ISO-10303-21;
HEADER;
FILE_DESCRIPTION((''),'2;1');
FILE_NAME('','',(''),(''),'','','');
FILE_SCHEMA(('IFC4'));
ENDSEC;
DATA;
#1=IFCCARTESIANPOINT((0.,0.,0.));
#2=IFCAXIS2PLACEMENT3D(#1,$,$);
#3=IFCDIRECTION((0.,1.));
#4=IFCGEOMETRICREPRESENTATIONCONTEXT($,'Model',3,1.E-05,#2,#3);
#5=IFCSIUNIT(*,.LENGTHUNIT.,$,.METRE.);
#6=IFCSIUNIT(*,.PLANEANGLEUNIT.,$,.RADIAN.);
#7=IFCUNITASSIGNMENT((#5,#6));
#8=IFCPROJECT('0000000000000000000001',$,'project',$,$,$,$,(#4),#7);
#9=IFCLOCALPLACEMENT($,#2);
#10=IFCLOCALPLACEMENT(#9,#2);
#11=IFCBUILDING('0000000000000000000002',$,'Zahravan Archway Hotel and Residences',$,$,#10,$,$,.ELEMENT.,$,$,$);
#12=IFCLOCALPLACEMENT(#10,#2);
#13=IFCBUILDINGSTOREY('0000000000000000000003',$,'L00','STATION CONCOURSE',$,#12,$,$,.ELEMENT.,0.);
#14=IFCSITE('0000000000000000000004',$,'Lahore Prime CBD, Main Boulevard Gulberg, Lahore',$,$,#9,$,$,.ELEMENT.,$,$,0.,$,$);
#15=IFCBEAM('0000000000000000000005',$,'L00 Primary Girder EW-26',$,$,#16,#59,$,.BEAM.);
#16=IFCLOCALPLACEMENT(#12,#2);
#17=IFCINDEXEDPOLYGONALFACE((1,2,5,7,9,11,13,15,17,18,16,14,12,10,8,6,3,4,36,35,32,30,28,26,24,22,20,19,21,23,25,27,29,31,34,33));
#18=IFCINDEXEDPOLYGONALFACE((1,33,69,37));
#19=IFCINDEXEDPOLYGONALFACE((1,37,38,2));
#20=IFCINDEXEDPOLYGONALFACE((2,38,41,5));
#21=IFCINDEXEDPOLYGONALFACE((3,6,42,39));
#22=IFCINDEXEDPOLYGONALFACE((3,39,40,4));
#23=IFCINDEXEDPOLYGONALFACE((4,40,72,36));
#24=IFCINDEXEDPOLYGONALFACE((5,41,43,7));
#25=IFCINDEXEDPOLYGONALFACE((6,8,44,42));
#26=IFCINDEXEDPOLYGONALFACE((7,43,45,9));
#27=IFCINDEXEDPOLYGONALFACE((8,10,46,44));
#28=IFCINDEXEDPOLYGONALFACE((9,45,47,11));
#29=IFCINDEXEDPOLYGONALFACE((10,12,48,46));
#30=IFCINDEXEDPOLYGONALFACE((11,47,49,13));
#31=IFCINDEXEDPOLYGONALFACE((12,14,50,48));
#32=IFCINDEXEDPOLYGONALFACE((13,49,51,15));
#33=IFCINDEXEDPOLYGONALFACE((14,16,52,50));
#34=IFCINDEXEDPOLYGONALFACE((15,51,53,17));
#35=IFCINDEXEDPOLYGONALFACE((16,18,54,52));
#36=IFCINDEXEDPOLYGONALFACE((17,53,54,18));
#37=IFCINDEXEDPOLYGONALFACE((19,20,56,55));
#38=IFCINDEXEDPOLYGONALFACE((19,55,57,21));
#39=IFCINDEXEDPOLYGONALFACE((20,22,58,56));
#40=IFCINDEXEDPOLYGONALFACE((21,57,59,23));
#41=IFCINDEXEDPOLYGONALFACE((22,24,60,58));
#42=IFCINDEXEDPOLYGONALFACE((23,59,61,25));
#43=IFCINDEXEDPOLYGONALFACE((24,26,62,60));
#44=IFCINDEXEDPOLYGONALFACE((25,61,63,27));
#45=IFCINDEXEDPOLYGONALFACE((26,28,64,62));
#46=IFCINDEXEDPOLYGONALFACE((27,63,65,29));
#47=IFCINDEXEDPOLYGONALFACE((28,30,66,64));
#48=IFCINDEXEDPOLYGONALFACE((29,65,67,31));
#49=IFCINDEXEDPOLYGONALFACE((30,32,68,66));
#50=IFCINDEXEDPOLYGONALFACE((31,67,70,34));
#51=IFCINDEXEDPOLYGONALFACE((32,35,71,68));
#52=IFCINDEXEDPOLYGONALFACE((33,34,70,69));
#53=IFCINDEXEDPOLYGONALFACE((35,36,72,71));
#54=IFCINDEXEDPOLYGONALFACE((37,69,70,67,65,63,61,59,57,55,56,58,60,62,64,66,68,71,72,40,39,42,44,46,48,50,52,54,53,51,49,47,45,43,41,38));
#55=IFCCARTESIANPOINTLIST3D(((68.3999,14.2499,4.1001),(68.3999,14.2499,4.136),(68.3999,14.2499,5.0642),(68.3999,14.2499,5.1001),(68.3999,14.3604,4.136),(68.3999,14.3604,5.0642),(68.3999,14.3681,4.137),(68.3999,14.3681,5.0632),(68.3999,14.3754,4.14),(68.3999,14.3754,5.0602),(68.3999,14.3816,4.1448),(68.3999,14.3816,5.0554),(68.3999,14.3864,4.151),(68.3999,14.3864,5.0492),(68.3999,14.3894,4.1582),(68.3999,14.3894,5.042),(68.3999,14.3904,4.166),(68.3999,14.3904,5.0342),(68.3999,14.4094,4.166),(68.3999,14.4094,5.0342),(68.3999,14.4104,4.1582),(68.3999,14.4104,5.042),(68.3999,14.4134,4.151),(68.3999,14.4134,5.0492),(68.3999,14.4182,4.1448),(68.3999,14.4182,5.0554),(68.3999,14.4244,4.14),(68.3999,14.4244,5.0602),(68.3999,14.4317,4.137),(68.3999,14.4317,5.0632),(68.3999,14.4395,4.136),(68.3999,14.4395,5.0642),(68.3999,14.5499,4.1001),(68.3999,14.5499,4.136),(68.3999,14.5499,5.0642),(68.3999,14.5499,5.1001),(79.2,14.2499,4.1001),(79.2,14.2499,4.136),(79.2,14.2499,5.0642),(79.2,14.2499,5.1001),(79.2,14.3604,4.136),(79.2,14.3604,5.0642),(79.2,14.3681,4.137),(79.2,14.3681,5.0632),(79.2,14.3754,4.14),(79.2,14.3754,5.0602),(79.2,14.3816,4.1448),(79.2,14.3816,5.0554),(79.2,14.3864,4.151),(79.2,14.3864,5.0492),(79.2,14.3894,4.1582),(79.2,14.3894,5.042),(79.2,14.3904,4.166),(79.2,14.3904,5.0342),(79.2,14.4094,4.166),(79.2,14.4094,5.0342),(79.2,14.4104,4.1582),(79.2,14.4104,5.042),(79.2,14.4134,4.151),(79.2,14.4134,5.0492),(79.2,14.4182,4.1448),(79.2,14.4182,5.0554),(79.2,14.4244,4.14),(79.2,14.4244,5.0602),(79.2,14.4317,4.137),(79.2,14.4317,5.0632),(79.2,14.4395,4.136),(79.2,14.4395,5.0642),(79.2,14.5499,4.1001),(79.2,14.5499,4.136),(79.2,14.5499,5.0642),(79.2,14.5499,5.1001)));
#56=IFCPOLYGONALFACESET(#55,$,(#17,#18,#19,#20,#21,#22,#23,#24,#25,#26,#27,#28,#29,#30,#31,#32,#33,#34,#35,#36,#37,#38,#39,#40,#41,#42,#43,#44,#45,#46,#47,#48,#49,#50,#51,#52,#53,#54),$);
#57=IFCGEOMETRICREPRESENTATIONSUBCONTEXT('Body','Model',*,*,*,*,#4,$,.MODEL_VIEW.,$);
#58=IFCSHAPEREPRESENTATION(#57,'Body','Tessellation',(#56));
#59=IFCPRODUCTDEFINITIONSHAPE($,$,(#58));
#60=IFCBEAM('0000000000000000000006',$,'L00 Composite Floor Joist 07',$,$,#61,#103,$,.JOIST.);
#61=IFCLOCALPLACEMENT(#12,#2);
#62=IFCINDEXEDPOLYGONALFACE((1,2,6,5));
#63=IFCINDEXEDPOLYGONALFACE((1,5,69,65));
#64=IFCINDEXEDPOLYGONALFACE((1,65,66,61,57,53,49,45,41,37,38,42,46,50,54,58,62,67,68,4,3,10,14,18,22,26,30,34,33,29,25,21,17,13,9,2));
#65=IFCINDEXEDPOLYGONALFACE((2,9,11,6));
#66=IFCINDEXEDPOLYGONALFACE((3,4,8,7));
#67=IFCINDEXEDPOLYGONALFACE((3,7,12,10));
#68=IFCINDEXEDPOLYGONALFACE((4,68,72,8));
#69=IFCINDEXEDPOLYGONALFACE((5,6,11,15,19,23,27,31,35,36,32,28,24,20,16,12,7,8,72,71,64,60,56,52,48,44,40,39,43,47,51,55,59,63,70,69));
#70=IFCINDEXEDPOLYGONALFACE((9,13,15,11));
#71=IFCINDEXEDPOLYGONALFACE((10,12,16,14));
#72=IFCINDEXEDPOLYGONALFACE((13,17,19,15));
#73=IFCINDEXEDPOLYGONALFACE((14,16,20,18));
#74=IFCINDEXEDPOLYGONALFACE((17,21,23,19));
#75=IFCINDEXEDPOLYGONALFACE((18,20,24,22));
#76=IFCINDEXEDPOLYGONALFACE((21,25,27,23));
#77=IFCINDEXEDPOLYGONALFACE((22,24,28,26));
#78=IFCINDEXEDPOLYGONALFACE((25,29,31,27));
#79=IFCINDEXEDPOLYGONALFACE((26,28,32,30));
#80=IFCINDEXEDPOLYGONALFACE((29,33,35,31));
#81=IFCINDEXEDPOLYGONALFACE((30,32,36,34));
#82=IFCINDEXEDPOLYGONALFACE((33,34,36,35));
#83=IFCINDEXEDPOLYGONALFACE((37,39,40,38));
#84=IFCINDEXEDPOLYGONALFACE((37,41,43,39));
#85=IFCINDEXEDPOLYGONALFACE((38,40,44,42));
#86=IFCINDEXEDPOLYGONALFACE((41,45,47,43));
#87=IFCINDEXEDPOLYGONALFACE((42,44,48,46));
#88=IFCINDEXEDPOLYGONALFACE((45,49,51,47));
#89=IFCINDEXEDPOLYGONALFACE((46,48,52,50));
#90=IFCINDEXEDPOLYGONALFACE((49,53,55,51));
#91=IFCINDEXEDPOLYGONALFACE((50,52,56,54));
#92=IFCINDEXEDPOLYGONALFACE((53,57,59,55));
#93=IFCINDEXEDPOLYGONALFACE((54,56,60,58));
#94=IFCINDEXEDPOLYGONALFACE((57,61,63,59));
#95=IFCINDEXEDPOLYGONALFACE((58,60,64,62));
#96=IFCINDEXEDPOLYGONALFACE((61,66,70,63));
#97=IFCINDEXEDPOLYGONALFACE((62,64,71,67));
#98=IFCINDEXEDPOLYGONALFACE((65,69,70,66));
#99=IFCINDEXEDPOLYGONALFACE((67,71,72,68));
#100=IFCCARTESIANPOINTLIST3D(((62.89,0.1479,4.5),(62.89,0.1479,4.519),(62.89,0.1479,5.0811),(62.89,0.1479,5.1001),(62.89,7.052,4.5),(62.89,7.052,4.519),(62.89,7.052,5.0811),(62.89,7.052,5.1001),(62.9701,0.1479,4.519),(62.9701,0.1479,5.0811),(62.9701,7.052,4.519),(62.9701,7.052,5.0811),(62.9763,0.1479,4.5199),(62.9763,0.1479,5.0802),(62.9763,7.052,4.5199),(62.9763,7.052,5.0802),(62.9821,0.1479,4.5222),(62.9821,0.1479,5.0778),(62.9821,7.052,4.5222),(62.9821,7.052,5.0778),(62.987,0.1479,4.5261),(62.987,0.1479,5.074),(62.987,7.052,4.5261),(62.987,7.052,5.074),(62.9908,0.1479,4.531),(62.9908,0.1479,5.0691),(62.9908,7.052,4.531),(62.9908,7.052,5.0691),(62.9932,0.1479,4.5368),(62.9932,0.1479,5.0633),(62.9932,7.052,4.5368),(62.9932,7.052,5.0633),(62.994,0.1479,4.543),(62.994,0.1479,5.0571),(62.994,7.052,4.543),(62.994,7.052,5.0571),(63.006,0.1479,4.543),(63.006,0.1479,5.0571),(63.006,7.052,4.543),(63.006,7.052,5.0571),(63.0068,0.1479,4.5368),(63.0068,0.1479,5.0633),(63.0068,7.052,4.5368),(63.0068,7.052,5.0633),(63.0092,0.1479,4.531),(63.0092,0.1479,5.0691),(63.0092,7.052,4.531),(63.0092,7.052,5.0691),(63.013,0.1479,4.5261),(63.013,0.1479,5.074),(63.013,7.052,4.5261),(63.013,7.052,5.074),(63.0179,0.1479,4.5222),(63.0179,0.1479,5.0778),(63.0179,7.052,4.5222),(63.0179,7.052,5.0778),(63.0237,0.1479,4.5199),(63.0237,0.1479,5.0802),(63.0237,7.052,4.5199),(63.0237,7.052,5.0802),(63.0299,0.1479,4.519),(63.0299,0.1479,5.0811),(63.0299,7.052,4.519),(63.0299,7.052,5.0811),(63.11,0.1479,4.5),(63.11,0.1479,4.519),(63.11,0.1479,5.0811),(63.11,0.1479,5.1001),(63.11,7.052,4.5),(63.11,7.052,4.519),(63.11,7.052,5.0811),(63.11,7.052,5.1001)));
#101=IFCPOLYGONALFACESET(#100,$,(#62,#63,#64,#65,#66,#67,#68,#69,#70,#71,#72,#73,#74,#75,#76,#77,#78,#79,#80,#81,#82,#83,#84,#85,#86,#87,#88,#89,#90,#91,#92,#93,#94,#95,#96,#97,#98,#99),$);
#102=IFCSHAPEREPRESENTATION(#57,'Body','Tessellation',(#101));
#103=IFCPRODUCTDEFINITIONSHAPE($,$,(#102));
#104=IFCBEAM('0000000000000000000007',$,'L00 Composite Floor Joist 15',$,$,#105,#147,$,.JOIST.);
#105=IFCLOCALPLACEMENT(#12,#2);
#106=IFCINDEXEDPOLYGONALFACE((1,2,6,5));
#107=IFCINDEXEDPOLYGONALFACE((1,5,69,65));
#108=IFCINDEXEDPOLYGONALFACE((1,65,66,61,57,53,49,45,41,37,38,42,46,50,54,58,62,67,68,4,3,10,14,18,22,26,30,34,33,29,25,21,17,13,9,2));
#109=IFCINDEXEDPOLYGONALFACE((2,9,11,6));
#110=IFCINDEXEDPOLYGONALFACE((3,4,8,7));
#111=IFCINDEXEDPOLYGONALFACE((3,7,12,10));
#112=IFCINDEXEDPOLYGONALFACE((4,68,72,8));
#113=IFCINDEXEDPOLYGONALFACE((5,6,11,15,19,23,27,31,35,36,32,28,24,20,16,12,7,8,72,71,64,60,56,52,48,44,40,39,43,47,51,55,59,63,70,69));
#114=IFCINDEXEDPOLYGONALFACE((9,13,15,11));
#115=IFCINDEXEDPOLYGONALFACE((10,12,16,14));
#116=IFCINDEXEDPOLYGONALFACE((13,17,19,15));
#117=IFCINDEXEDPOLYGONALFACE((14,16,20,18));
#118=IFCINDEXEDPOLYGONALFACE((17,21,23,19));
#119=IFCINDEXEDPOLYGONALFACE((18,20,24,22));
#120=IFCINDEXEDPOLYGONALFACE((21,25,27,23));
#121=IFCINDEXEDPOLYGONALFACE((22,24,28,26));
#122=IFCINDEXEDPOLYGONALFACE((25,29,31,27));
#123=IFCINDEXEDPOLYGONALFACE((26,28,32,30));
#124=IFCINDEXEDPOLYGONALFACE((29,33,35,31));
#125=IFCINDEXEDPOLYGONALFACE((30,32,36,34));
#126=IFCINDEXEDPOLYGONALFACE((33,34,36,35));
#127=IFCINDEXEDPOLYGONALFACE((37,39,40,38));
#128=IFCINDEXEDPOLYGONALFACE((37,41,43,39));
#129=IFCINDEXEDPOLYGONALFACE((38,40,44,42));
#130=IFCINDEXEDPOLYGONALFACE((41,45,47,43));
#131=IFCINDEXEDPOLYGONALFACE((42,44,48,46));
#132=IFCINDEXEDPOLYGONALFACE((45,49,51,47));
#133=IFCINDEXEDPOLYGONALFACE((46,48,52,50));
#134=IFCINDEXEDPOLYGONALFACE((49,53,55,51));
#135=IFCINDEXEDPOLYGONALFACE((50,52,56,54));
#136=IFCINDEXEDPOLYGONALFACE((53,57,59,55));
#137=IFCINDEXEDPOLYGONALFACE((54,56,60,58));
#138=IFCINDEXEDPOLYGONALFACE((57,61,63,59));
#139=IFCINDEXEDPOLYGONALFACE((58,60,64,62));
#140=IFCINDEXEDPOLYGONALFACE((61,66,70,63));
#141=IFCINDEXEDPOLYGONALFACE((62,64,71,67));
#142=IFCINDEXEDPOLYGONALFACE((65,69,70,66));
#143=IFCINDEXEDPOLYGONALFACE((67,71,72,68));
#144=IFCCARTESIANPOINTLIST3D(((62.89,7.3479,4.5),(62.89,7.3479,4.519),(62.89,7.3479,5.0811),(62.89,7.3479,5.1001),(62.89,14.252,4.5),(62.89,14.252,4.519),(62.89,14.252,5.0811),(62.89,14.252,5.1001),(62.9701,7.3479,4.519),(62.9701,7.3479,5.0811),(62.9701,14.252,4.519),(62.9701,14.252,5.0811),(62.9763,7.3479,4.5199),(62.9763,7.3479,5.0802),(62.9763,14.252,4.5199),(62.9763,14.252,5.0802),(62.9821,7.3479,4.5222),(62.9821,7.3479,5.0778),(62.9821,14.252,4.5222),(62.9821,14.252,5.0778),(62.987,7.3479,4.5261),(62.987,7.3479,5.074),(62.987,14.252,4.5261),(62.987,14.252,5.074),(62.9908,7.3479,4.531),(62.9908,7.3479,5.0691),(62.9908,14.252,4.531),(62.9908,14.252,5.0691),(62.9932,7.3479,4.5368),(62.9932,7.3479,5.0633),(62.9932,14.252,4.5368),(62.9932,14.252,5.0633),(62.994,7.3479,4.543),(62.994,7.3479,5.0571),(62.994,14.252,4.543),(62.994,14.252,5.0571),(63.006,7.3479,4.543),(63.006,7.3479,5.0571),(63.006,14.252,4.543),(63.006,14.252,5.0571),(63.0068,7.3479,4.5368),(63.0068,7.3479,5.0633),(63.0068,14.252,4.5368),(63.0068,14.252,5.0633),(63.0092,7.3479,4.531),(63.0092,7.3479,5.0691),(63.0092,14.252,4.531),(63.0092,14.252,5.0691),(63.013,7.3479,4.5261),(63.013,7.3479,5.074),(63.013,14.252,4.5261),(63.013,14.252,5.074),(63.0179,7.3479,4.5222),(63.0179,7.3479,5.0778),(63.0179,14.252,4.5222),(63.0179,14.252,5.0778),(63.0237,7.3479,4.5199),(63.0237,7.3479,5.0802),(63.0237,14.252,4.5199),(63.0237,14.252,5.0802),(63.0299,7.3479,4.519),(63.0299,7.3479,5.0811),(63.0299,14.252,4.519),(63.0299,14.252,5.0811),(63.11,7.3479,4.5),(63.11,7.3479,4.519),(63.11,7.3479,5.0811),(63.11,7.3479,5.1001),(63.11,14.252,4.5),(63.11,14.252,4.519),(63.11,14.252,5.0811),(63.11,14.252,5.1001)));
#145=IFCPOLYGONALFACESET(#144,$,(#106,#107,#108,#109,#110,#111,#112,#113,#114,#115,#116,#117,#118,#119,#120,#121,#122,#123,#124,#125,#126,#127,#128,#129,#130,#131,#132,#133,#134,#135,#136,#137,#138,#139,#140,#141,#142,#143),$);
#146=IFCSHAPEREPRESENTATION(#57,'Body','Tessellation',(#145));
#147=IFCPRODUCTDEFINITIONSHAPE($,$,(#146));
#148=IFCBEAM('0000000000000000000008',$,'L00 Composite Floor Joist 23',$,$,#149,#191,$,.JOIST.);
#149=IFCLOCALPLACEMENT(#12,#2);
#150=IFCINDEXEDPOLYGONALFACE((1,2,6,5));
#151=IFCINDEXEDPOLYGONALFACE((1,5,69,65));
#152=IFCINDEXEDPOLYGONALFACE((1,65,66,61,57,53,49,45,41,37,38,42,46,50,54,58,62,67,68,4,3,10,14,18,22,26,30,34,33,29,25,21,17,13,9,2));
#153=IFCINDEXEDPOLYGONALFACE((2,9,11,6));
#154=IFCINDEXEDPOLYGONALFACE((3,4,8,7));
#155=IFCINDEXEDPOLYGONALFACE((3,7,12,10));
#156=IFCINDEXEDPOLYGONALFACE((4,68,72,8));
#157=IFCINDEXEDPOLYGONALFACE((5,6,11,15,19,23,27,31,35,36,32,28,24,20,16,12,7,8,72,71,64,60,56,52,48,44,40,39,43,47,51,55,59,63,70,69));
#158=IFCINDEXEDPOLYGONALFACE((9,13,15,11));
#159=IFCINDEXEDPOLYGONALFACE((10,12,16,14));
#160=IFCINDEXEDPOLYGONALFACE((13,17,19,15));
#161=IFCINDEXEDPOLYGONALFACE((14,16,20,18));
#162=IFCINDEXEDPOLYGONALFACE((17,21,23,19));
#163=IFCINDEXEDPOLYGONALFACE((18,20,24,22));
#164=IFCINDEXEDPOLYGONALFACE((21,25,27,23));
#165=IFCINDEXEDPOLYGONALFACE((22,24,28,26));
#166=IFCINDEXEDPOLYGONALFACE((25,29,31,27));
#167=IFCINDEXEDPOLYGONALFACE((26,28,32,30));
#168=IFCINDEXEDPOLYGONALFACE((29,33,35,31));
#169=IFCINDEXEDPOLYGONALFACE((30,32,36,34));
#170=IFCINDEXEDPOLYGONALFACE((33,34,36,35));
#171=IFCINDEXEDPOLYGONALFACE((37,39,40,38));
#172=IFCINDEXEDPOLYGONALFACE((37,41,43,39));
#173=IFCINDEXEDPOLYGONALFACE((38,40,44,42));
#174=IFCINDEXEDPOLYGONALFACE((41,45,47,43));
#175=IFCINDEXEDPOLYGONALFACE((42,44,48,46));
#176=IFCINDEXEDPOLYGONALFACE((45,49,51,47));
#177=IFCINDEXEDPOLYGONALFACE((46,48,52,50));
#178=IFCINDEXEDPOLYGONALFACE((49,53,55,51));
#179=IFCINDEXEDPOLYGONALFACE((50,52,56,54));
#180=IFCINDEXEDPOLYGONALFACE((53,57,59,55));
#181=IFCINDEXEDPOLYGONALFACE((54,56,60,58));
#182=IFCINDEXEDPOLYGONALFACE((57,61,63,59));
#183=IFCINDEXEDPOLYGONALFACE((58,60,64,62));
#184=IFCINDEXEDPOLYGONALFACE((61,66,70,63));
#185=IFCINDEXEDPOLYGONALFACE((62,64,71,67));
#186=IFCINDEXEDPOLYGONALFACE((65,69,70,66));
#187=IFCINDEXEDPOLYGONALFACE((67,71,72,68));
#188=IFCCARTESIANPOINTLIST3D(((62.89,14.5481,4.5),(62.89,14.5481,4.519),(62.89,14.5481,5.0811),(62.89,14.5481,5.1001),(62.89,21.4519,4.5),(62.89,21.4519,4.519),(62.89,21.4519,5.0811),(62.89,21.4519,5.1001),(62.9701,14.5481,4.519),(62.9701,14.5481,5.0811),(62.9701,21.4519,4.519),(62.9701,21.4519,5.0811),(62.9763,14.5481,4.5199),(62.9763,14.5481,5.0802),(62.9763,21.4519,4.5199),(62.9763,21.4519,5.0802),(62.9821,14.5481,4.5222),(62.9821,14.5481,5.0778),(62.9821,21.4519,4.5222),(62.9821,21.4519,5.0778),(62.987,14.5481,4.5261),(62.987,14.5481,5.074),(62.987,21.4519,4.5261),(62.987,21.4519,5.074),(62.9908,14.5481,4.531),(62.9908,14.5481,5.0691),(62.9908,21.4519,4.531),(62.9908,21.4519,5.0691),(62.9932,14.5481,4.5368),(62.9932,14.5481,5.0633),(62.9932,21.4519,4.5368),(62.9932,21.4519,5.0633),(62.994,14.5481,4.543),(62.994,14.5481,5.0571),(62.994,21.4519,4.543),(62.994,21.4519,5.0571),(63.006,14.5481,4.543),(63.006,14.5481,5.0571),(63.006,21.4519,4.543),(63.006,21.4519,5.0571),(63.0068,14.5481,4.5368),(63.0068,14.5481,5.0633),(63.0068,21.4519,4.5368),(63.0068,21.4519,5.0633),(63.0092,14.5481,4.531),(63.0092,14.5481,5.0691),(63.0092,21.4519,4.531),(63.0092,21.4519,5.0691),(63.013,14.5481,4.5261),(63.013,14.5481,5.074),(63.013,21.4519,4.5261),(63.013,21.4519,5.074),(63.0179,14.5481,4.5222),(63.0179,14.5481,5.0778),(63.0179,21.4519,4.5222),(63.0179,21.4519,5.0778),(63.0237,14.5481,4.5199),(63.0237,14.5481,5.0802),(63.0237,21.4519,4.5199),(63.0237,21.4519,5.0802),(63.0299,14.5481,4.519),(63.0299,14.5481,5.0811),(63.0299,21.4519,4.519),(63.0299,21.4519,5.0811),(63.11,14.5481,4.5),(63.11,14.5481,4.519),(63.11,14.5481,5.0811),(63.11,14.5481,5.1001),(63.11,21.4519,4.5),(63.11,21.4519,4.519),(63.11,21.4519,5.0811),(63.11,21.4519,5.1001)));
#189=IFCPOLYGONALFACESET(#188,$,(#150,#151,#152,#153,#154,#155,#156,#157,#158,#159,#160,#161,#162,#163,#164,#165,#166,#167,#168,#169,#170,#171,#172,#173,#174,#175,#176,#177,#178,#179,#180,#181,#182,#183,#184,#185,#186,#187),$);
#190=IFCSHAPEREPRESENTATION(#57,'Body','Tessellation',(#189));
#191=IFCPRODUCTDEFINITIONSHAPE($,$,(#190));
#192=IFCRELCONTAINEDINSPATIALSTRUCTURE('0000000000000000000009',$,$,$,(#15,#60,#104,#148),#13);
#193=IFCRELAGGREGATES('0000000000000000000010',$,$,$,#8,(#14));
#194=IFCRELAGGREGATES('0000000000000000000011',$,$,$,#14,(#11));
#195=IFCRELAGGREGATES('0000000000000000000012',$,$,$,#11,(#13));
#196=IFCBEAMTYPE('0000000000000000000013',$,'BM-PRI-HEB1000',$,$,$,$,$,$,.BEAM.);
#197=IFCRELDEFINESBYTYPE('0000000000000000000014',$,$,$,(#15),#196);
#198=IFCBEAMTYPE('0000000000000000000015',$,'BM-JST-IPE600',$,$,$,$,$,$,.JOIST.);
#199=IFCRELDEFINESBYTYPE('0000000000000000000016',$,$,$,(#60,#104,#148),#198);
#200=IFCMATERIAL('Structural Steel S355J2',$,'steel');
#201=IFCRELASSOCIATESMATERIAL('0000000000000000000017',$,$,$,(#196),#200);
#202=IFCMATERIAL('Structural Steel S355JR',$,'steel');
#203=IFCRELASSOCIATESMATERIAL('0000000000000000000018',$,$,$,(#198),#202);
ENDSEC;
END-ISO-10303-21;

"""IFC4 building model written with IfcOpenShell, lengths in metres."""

from ifc_helpers import new_model, si_unit, direction, frame, origin, origin_2d, place, context, subcontext, project, spatial, i_section, extrude, source, transform, mapped, material, material_profile, profile_set, type_object, type_shapes, element, save


model = new_model("IFC4")

# Units and contexts
model_context = context("Model", 3, precision=1e-05, world=origin(), true_north=direction((0.0, 1.0)))
body_context = subcontext(model_context, "Body", "Model", "MODEL_VIEW")
ifc_project = project(units=[si_unit("LENGTHUNIT", "METRE"), si_unit("PLANEANGLEUNIT", "RADIAN")], contexts=[model_context])

# Site, building, storey
site_placement = place(None, origin())
site = spatial("IfcSite", under=ifc_project, at=site_placement, Name="Lahore Prime CBD, Main Boulevard Gulberg, Lahore", CompositionType="ELEMENT", RefElevation=0.0)
building_placement = place(site_placement, origin())
building = spatial("IfcBuilding", under=site, at=building_placement, Name="Zahravan Archway Hotel and Residences", CompositionType="ELEMENT")
storey_placement = place(building_placement, origin())
storey = spatial("IfcBuildingStorey", under=building, at=storey_placement, Name="L00", Description="STATION CONCOURSE", CompositionType="ELEMENT", Elevation=0.0)

# Beams
ifc_material_1 = material(Name="Structural Steel S355J2", Category="steel")
ifc_material_profile_1 = material_profile(ifc_material_1, i_section(OverallWidth=0.3, OverallDepth=1.0, WebThickness=0.019, FlangeThickness=0.0359, FilletRadius=0.03, at=origin_2d()), Name="HEB 1000", Category="steel")
ifc_profile_set_1 = profile_set([ifc_material_profile_1], Name="Structural Steel S355J2")
beam_type_1 = type_object("IfcBeamType", Name="BM-PRI-HEB1000", PredefinedType="BEAM", material=ifc_profile_set_1)
shared_shape_1 = source(origin(), body_context, "Body", "SweptSolid", [
    extrude(i_section(OverallWidth=0.3, OverallDepth=1.0, WebThickness=0.019, FlangeThickness=0.0359, FilletRadius=0.03, at=origin_2d()), origin(), (0.0, 0.0, 1.0), 10.8),
])
for number, where, z_axis, x_axis, name in (
    (1, (68.3999, 14.3999, 4.6001), (1.0, 0.0, 0.0), (0.0, 1.0, 0.0), "L00 Primary Girder EW-26"),
):
    element("IfcBeam", number, at=place(storey_placement, frame(where, z_axis=z_axis, x_axis=x_axis)), inside=storey, type_object=beam_type_1, Name=name, PredefinedType="BEAM", context=body_context, shape_type="MappedRepresentation", body=[
        mapped(shared_shape_1, transform((0.0, 0.0, 0.0), scale=1.0)),
    ])
ifc_material_2 = material(Name="Structural Steel S355JR", Category="steel")
ifc_material_profile_2 = material_profile(ifc_material_2, i_section(OverallWidth=0.22, OverallDepth=0.6001, WebThickness=0.012, FlangeThickness=0.019, FilletRadius=0.0239, at=origin_2d()), Name="IPE 600", Category="steel")
ifc_profile_set_2 = profile_set([ifc_material_profile_2], Name="Structural Steel S355JR")
beam_type_2 = type_object("IfcBeamType", Name="BM-JST-IPE600", PredefinedType="JOIST", material=ifc_profile_set_2)
shared_shape_2 = source(origin(), body_context, "Body", "SweptSolid", [
    extrude(i_section(OverallWidth=0.22, OverallDepth=0.6001, WebThickness=0.012, FlangeThickness=0.019, FilletRadius=0.0239, at=origin_2d()), origin(), (0.0, 0.0, 1.0), 6.9041),
])
type_shapes(beam_type_2, [shared_shape_2])
for number, where, z_axis, x_axis, name in (
    (2, (63.0, 0.1479, 4.8), (0.0, 1.0, 0.0), (-1.0, 0.0, 0.0), "L00 Composite Floor Joist 07"),
    (3, (63.0, 7.3479, 4.8), (0.0, 1.0, 0.0), (-1.0, 0.0, 0.0), "L00 Composite Floor Joist 15"),
):
    element("IfcBeam", number, at=place(storey_placement, frame(where, z_axis=z_axis, x_axis=x_axis)), inside=storey, type_object=beam_type_2, Name=name, PredefinedType="JOIST", context=body_context, shape_type="MappedRepresentation", body=[
        mapped(shared_shape_2, transform((0.0, 0.0, 0.0), scale=1.0)),
    ])
shared_shape_3 = source(origin(), body_context, "Body", "SweptSolid", [
    extrude(i_section(OverallWidth=0.22, OverallDepth=0.6001, WebThickness=0.012, FlangeThickness=0.019, FilletRadius=0.0239, at=origin_2d()), origin(), (0.0, 0.0, 1.0), 6.9038),
])
beam_1_placement = place(storey_placement, frame((63.0, 14.5481, 4.8), z_axis=(0.0, 1.0, 0.0), x_axis=(-1.0, 0.0, 0.0)))
element("IfcBeam", 4, at=beam_1_placement, inside=storey, type_object=beam_type_2, Name="L00 Composite Floor Joist 23", PredefinedType="JOIST", context=body_context, shape_type="MappedRepresentation", body=[
    mapped(shared_shape_3, transform((0.0, 0.0, 0.0), scale=1.0)),
])

save(model, "model.ifc")
